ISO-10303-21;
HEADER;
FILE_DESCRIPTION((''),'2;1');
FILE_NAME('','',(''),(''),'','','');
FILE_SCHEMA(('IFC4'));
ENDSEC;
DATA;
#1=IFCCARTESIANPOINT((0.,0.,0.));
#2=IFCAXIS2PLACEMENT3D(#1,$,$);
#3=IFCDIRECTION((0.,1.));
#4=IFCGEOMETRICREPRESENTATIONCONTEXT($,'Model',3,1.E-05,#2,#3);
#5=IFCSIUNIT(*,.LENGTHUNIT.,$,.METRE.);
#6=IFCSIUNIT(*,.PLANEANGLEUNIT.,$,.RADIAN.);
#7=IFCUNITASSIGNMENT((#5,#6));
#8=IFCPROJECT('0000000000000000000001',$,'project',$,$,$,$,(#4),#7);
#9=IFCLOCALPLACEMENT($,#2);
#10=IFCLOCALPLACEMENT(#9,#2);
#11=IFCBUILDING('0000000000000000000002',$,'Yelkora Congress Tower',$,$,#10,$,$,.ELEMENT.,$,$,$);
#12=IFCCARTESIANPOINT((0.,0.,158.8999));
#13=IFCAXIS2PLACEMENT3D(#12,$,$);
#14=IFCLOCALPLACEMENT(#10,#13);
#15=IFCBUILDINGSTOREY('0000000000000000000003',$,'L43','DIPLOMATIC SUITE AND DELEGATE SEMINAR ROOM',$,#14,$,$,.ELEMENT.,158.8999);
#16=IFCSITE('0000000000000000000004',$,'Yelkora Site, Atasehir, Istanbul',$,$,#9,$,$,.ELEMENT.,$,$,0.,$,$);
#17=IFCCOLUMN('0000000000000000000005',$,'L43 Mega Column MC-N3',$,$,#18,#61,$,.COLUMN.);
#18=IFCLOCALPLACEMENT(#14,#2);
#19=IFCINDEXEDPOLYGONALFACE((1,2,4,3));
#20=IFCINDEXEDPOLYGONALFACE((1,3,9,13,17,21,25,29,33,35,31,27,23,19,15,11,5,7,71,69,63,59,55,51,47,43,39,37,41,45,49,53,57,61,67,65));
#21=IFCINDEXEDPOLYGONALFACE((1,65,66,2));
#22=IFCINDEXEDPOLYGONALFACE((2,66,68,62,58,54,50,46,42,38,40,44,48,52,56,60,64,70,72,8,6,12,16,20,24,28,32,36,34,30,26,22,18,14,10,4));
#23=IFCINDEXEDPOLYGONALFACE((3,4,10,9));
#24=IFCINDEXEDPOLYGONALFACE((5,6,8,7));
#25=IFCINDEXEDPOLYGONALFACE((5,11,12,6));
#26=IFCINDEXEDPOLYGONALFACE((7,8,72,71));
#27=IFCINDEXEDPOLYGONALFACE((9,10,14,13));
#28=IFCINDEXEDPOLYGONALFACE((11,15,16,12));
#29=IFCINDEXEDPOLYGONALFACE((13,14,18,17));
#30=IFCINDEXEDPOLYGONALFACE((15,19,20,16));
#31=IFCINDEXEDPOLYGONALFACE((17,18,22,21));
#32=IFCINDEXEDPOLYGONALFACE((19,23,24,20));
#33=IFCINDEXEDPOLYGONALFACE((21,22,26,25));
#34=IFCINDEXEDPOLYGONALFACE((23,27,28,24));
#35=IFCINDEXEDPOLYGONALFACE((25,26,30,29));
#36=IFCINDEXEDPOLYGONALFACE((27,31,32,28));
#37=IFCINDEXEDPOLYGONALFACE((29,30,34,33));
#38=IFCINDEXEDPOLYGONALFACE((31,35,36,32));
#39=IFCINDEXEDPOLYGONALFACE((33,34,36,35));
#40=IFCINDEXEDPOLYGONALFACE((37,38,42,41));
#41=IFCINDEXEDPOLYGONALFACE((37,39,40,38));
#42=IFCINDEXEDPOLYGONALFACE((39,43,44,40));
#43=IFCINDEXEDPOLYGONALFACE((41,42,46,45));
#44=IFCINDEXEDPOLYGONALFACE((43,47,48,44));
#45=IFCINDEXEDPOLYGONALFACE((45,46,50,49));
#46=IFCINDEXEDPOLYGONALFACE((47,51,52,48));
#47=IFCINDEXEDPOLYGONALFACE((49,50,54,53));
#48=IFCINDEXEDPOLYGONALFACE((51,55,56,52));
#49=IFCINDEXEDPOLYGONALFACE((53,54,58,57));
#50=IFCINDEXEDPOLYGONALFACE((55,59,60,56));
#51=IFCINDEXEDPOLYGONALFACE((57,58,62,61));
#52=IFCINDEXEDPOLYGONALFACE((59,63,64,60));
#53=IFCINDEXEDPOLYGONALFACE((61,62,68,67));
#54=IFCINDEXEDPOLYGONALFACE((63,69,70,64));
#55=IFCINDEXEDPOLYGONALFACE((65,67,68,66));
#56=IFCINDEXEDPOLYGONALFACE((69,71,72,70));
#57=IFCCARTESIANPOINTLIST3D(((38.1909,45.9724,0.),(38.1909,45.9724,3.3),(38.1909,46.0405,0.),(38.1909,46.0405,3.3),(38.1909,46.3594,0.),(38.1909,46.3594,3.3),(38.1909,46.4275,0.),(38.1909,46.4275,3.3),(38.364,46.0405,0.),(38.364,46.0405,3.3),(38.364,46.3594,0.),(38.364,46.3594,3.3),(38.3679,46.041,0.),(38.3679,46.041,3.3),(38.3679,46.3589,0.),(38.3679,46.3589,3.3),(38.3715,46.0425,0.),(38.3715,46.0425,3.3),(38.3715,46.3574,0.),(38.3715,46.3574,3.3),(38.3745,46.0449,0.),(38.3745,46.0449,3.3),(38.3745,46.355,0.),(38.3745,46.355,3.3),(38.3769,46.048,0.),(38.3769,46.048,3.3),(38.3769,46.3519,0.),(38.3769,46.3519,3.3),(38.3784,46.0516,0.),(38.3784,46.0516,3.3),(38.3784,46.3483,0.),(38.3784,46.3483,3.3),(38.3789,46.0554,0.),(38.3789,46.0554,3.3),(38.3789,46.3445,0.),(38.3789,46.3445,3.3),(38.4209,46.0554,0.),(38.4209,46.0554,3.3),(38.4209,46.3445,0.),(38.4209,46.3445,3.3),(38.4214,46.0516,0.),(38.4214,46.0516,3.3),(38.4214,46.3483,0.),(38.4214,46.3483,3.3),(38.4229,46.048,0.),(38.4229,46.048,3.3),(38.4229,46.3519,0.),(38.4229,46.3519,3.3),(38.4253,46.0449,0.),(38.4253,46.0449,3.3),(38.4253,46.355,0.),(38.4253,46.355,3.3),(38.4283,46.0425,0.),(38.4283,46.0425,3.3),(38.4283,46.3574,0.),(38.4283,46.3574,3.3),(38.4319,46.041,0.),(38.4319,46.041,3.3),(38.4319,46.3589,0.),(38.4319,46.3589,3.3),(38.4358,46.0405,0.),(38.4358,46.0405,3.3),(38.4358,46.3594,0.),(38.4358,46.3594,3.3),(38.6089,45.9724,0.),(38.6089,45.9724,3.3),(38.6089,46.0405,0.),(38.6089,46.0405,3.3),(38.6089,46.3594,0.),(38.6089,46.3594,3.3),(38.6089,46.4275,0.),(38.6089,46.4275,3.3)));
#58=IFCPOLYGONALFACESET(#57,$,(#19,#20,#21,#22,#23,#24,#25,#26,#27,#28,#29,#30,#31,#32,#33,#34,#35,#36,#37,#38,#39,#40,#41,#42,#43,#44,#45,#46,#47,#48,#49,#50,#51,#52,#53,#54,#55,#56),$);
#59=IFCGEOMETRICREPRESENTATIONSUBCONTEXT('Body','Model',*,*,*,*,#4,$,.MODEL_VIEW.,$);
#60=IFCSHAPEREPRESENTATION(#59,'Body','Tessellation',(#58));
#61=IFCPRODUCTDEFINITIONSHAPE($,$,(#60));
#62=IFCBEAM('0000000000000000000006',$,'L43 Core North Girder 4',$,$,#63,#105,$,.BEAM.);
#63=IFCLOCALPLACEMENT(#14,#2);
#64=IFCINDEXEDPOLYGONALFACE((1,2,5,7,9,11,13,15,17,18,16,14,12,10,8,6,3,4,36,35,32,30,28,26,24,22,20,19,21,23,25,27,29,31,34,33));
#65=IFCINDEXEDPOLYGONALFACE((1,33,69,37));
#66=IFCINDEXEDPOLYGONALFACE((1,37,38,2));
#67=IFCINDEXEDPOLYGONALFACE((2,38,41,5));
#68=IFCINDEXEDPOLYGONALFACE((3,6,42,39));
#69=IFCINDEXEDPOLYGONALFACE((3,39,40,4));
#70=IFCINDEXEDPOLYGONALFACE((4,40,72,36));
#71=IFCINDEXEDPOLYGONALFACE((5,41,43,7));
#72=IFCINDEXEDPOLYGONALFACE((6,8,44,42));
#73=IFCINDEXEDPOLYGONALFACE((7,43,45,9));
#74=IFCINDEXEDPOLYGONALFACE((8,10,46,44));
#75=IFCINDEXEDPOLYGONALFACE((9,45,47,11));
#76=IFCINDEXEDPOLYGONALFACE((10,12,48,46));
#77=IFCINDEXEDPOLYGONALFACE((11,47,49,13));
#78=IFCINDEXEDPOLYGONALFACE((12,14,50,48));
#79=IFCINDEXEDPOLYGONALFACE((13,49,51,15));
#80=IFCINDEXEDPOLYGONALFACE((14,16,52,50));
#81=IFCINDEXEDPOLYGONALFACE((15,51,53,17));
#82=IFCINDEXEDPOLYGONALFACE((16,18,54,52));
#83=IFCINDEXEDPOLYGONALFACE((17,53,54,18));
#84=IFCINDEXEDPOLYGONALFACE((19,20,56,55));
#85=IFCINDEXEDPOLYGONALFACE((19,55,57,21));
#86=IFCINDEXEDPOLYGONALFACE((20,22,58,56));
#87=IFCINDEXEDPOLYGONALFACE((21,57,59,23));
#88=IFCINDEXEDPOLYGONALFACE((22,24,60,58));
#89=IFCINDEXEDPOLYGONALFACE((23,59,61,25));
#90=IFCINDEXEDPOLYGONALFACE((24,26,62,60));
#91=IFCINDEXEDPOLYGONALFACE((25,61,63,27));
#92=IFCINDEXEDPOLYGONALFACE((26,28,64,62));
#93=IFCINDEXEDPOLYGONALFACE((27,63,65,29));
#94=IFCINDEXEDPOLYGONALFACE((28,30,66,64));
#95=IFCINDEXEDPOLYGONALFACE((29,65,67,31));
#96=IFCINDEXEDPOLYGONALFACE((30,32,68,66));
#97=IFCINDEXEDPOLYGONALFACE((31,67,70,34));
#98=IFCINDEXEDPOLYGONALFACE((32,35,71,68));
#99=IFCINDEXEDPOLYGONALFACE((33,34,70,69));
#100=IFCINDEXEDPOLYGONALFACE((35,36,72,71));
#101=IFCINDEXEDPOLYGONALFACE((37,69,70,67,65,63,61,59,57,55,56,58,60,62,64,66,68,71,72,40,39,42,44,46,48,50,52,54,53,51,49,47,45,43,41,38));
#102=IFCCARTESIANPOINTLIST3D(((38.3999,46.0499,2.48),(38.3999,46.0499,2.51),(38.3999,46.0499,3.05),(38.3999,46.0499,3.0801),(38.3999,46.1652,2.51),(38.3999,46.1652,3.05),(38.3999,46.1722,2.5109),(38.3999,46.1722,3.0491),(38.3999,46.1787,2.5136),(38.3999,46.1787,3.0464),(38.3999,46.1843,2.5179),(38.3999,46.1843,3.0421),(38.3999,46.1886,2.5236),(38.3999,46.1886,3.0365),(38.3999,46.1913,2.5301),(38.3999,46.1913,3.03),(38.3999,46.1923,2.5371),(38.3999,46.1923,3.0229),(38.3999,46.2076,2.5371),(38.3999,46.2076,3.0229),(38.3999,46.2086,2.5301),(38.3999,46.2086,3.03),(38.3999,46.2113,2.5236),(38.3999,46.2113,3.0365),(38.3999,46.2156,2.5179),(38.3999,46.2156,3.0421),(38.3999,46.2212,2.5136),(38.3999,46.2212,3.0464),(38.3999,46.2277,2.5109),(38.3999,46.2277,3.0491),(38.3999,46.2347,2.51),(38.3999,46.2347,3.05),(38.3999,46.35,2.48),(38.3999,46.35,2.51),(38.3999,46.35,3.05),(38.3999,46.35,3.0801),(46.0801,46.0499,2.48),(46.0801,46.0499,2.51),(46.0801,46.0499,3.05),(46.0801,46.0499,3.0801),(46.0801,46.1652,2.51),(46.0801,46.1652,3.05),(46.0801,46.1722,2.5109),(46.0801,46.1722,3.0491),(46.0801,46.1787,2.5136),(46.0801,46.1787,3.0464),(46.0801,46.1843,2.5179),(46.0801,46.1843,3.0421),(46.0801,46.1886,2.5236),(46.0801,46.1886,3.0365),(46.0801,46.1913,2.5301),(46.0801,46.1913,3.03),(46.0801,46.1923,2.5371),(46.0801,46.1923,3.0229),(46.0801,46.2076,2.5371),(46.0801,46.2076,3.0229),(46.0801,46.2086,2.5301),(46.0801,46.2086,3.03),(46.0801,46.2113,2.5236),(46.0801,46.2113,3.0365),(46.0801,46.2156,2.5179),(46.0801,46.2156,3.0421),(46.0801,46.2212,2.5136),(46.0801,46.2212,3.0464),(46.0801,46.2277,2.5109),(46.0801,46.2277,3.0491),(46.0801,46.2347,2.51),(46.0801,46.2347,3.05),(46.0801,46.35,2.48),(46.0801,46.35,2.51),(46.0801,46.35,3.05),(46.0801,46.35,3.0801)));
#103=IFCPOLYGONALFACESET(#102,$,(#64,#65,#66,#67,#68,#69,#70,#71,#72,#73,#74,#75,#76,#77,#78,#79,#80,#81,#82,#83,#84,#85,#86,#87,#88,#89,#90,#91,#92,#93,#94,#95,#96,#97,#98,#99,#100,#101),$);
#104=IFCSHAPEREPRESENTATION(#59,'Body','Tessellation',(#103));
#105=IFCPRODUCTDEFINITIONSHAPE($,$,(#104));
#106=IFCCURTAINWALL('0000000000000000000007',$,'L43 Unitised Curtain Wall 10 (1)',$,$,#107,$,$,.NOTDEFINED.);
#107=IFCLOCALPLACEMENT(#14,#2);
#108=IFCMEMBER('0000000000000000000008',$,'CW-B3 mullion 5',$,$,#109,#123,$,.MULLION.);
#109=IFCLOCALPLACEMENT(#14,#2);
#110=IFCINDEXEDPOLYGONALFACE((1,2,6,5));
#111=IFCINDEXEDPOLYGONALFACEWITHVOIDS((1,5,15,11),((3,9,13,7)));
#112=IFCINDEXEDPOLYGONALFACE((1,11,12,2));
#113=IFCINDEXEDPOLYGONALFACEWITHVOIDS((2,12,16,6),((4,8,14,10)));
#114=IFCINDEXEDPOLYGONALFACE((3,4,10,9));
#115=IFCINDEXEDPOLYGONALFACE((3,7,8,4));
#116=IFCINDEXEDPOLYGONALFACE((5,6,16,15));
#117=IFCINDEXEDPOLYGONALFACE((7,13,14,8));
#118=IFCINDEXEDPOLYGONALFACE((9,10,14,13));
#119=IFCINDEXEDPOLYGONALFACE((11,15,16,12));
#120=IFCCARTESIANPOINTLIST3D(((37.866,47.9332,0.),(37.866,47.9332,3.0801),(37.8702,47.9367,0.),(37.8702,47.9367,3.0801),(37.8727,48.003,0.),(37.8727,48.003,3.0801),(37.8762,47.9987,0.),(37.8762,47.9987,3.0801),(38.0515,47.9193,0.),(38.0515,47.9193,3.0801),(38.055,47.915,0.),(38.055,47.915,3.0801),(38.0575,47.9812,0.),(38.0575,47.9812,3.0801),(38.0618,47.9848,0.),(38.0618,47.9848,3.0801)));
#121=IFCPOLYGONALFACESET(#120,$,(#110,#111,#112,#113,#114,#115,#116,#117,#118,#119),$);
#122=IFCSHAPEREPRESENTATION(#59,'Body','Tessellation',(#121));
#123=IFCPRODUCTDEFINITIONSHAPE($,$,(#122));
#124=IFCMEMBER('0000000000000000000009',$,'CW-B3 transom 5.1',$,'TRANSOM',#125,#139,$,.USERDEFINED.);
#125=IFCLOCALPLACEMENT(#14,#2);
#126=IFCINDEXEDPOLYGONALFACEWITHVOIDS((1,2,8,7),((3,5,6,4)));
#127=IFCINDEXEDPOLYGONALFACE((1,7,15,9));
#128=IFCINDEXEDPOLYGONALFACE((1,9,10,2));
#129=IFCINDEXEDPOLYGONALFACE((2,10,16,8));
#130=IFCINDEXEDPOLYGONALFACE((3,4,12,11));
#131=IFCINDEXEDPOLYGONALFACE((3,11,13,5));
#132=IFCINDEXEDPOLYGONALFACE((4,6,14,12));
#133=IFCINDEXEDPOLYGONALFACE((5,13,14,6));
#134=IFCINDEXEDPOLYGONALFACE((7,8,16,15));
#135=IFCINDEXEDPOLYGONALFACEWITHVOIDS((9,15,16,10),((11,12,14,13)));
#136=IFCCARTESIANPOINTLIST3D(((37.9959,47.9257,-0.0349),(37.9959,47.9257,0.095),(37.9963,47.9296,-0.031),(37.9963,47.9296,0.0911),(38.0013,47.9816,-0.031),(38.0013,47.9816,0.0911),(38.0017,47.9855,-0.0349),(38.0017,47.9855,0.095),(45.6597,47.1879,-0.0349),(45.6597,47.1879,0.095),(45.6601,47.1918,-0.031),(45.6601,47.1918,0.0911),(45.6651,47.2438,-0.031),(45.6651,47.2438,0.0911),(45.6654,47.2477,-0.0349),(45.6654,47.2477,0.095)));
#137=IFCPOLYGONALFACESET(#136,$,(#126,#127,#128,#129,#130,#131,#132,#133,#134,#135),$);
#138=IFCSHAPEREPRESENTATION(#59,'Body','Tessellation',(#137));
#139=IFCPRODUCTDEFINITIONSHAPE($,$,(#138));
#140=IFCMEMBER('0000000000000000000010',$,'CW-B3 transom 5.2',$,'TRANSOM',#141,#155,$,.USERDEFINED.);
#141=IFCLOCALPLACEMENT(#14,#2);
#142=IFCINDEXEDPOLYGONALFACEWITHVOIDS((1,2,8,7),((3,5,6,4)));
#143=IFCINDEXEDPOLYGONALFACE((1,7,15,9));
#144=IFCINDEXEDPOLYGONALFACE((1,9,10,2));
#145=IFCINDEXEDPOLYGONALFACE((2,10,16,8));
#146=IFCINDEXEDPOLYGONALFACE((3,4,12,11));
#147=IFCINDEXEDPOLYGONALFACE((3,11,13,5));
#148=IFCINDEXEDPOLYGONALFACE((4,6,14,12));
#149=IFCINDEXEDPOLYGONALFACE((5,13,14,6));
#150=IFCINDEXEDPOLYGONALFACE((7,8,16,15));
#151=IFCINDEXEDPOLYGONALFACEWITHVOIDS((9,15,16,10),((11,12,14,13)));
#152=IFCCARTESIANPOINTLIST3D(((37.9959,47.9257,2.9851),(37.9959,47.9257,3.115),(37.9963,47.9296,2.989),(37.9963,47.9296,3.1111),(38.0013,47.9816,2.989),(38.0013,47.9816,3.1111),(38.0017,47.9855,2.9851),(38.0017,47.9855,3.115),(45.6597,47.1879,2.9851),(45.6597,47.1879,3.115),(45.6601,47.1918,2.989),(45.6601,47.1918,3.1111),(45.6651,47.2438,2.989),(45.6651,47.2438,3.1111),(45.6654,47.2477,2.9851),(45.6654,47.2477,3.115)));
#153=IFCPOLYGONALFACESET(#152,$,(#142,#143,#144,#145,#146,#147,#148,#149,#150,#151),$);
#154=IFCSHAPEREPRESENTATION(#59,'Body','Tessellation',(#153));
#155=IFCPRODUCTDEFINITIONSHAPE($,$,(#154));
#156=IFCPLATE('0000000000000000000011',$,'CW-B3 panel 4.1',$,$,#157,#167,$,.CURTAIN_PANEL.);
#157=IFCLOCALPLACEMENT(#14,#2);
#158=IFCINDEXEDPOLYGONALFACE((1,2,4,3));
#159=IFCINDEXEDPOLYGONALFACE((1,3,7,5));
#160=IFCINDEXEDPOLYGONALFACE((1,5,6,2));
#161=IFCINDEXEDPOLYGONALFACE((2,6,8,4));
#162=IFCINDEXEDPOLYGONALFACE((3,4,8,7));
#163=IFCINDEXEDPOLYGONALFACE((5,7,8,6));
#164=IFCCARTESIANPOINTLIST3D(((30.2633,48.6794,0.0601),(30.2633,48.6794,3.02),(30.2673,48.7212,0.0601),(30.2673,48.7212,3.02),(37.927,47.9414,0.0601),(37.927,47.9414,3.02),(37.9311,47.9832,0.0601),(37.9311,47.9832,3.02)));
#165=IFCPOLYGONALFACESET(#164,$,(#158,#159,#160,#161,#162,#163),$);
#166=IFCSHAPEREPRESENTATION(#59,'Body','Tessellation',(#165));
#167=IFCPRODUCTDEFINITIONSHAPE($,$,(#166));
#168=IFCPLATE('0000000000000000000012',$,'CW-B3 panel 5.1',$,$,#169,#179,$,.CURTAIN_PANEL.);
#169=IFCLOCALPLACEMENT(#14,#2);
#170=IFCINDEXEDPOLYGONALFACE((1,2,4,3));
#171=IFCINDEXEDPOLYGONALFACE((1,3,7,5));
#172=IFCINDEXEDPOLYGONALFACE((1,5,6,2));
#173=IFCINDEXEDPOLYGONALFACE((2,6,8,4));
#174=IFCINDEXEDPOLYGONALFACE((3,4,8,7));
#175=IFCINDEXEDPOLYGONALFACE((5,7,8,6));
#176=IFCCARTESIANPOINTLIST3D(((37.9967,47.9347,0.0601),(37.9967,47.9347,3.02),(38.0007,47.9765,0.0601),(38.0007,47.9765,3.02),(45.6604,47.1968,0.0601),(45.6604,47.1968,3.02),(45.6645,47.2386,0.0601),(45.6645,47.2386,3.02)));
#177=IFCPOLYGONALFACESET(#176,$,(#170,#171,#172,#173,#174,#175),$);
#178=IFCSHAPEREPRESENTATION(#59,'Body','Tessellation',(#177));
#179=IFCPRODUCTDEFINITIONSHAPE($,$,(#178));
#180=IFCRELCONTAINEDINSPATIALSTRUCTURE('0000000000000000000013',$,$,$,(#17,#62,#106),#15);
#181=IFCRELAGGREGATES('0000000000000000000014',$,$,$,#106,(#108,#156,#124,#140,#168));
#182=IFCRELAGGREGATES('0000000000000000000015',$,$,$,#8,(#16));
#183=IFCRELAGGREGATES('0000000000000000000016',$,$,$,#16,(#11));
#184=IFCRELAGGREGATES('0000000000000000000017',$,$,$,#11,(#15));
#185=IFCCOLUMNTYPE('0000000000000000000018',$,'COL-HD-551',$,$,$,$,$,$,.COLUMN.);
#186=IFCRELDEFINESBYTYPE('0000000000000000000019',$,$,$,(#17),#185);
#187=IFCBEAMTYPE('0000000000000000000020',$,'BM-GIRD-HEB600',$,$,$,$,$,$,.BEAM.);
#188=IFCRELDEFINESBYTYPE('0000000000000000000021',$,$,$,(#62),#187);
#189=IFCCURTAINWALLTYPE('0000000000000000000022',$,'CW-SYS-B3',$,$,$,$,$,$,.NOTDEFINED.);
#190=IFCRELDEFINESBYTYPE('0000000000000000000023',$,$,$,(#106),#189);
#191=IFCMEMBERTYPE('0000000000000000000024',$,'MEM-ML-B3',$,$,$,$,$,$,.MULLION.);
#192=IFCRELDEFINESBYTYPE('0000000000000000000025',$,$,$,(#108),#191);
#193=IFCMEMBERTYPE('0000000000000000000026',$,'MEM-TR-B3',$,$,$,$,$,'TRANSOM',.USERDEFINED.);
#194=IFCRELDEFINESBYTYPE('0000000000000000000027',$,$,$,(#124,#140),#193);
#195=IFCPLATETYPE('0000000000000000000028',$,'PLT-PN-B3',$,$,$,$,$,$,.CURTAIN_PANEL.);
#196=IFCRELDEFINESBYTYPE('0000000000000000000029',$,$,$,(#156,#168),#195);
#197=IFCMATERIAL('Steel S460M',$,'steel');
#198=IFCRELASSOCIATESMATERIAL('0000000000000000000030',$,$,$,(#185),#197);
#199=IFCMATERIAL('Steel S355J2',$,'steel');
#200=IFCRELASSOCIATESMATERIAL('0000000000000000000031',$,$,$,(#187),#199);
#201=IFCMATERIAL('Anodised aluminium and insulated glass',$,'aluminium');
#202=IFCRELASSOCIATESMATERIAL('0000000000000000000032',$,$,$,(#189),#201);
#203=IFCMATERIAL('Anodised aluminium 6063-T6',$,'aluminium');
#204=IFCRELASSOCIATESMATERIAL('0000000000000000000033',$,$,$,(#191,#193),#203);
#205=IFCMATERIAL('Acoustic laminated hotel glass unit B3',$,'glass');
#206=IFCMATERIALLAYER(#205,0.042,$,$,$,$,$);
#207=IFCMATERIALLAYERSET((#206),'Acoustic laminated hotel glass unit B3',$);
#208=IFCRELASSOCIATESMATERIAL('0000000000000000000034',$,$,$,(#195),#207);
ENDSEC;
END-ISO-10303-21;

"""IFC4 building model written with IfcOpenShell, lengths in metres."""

from ifc_helpers import new_model, si_unit, direction, frame, origin, origin_2d, place, context, subcontext, project, spatial, rectangle, hollow_rectangle, i_section, extrude, material, layer, layer_set, material_profile, profile_set, type_object, element, aggregate, save


model = new_model("IFC4")

# Units and contexts
model_context = context("Model", 3, precision=1e-05, world=origin(), true_north=direction((0.0, 1.0)))
body_context = subcontext(model_context, "Body", "Model", "MODEL_VIEW")
ifc_project = project(units=[si_unit("LENGTHUNIT", "METRE"), si_unit("PLANEANGLEUNIT", "RADIAN")], contexts=[model_context])

# Site, building, storey
site_placement = place(None, origin())
site = spatial("IfcSite", under=ifc_project, at=site_placement, Name="Yelkora Site, Atasehir, Istanbul", CompositionType="ELEMENT", RefElevation=0.0)
building_placement = place(site_placement, origin())
building = spatial("IfcBuilding", under=site, at=building_placement, Name="Yelkora Congress Tower", CompositionType="ELEMENT")
storey_placement = place(building_placement, frame((0.0, 0.0, 158.8999)))
storey = spatial("IfcBuildingStorey", under=building, at=storey_placement, Name="L43", Description="DIPLOMATIC SUITE AND DELEGATE SEMINAR ROOM", CompositionType="ELEMENT", Elevation=158.8999)

# Column
ifc_material_1 = material(Name="Steel S460M", Category="steel")
ifc_material_profile_1 = material_profile(ifc_material_1, i_section(OverallWidth=0.418, OverallDepth=0.4551, WebThickness=0.042, FlangeThickness=0.0681, FilletRadius=0.0149, at=origin_2d()), Name="HD 400x551")
ifc_profile_set_1 = profile_set([ifc_material_profile_1], Name="Steel S460M")
column_type = type_object("IfcColumnType", Name="COL-HD-551", PredefinedType="COLUMN", material=ifc_profile_set_1)
column_placement = place(storey_placement, frame((38.3999, 46.2, 0.0), z_axis=(0.0, 0.0, 1.0), x_axis=(1.0, 0.0, 0.0)))
element("IfcColumn", 1, at=column_placement, inside=storey, type_object=column_type, Name="L43 Mega Column MC-N3", PredefinedType="COLUMN", context=body_context, shape_type="SweptSolid", body=[
    extrude(i_section(OverallWidth=0.418, OverallDepth=0.4551, WebThickness=0.042, FlangeThickness=0.0681, FilletRadius=0.0149, at=origin_2d()), origin(), (0.0, 0.0, 1.0), 3.3),
])

# Beam
ifc_material_2 = material(Name="Steel S355J2", Category="steel")
ifc_material_profile_2 = material_profile(ifc_material_2, i_section(OverallWidth=0.3, OverallDepth=0.6001, WebThickness=0.0154, FlangeThickness=0.03, FilletRadius=0.0271, at=origin_2d()), Name="HEB 600")
ifc_profile_set_2 = profile_set([ifc_material_profile_2], Name="Steel S355J2")
beam_type = type_object("IfcBeamType", Name="BM-GIRD-HEB600", PredefinedType="BEAM", material=ifc_profile_set_2)
beam_placement = place(storey_placement, frame((38.3999, 46.2, 2.78), z_axis=(1.0, 0.0, 0.0), x_axis=(0.0, 1.0, 0.0)))
element("IfcBeam", 2, at=beam_placement, inside=storey, type_object=beam_type, Name="L43 Core North Girder 4", PredefinedType="BEAM", context=body_context, shape_type="SweptSolid", body=[
    extrude(i_section(OverallWidth=0.3, OverallDepth=0.6001, WebThickness=0.0154, FlangeThickness=0.03, FilletRadius=0.0271, at=origin_2d()), origin(), (0.0, 0.0, 1.0), 7.6802),
])

# Curtain wall, members, plates
ifc_material_3 = material(Name="Anodised aluminium and insulated glass", Category="aluminium")
curtain_wall_type = type_object("IfcCurtainWallType", Name="CW-SYS-B3", PredefinedType="NOTDEFINED", material=ifc_material_3)
curtain_wall_placement = place(storey_placement, origin())
curtain_wall = element("IfcCurtainWall", 3, at=curtain_wall_placement, inside=storey, type_object=curtain_wall_type, Name="L43 Unitised Curtain Wall 10 (1)", PredefinedType="NOTDEFINED")
ifc_material_4 = material(Name="Anodised aluminium 6063-T6", Category="aluminium")
ifc_material_profile_3 = material_profile(ifc_material_4, hollow_rectangle(XDim=0.0701, YDim=0.1899, WallThickness=0.0039, at=origin_2d()), Name="ALU 70x190x4")
ifc_profile_set_3 = profile_set([ifc_material_profile_3], Name="Anodised aluminium 6063-T6")
member_type_1 = type_object("IfcMemberType", Name="MEM-ML-B3", PredefinedType="MULLION", material=ifc_profile_set_3)
member_1_placement = place(storey_placement, frame((37.9639, 47.959, 0.0), z_axis=(0.0, 0.0, 1.0), x_axis=(0.095845, 0.995396, 0.0)))
member_1 = element("IfcMember", 4, at=member_1_placement, type_object=member_type_1, Name="CW-B3 mullion 5", PredefinedType="MULLION", context=body_context, shape_type="SweptSolid", body=[
    extrude(hollow_rectangle(XDim=0.0701, YDim=0.1899, WallThickness=0.0039, at=origin_2d()), origin(), (0.0, 0.0, 1.0), 3.0801),
])
ifc_material_profile_4 = material_profile(ifc_material_4, hollow_rectangle(XDim=0.0601, YDim=0.1299, WallThickness=0.0039, at=origin_2d()), Name="ALU 60x130x4")
ifc_profile_set_4 = profile_set([ifc_material_profile_4], Name="Anodised aluminium 6063-T6")
member_type_2 = type_object("IfcMemberType", Name="MEM-TR-B3", ElementType="TRANSOM", PredefinedType="USERDEFINED", material=ifc_profile_set_4)
member_2_placement = place(storey_placement, frame((37.9988, 47.9556, 0.03), z_axis=(0.995398, -0.095827, 0.0), x_axis=(0.095827, 0.995398, 0.0)))
member_2 = element("IfcMember", 5, at=member_2_placement, type_object=member_type_2, Name="CW-B3 transom 5.1", ObjectType="TRANSOM", PredefinedType="USERDEFINED", context=body_context, shape_type="SweptSolid", body=[
    extrude(hollow_rectangle(XDim=0.0601, YDim=0.1299, WallThickness=0.0039, at=origin_2d()), origin(), (0.0, 0.0, 1.0), 7.6992),
])
member_3_placement = place(storey_placement, frame((37.9988, 47.9556, 3.05), z_axis=(0.995398, -0.095827, 0.0), x_axis=(0.095827, 0.995398, 0.0)))
member_3 = element("IfcMember", 6, at=member_3_placement, type_object=member_type_2, Name="CW-B3 transom 5.2", ObjectType="TRANSOM", PredefinedType="USERDEFINED", context=body_context, shape_type="SweptSolid", body=[
    extrude(hollow_rectangle(XDim=0.0601, YDim=0.1299, WallThickness=0.0039, at=origin_2d()), origin(), (0.0, 0.0, 1.0), 7.6992),
])
ifc_material_5 = material(Name="Acoustic laminated hotel glass unit B3", Category="glass")
ifc_layer_1 = layer(ifc_material_5, 0.042)
ifc_layer_set_1 = layer_set([ifc_layer_1], Name="Acoustic laminated hotel glass unit B3")
plate_type = type_object("IfcPlateType", Name="PLT-PN-B3", PredefinedType="CURTAIN_PANEL", material=ifc_layer_set_1)
plate_1_placement = place(storey_placement, frame((34.0972, 48.3313, 0.0601), z_axis=(0.0, 0.0, 1.0), x_axis=(0.995396, -0.095845, 0.0)))
plate_1 = element("IfcPlate", 7, at=plate_1_placement, type_object=plate_type, Name="CW-B3 panel 4.1", PredefinedType="CURTAIN_PANEL", context=body_context, shape_type="SweptSolid", body=[
    extrude(rectangle(XDim=7.6992, YDim=0.042, at=origin_2d()), origin(), (0.0, 0.0, 1.0), 2.96),
])
plate_2_placement = place(storey_placement, frame((41.8306, 47.5867, 0.0601), z_axis=(0.0, 0.0, 1.0), x_axis=(0.995396, -0.095845, 0.0)))
plate_2 = element("IfcPlate", 8, at=plate_2_placement, type_object=plate_type, Name="CW-B3 panel 5.1", PredefinedType="CURTAIN_PANEL", context=body_context, shape_type="SweptSolid", body=[
    extrude(rectangle(XDim=7.6992, YDim=0.042, at=origin_2d()), origin(), (0.0, 0.0, 1.0), 2.96),
])
aggregate(curtain_wall, [member_1, plate_1, member_2, member_3, plate_2])

save(model, "model.ifc")
